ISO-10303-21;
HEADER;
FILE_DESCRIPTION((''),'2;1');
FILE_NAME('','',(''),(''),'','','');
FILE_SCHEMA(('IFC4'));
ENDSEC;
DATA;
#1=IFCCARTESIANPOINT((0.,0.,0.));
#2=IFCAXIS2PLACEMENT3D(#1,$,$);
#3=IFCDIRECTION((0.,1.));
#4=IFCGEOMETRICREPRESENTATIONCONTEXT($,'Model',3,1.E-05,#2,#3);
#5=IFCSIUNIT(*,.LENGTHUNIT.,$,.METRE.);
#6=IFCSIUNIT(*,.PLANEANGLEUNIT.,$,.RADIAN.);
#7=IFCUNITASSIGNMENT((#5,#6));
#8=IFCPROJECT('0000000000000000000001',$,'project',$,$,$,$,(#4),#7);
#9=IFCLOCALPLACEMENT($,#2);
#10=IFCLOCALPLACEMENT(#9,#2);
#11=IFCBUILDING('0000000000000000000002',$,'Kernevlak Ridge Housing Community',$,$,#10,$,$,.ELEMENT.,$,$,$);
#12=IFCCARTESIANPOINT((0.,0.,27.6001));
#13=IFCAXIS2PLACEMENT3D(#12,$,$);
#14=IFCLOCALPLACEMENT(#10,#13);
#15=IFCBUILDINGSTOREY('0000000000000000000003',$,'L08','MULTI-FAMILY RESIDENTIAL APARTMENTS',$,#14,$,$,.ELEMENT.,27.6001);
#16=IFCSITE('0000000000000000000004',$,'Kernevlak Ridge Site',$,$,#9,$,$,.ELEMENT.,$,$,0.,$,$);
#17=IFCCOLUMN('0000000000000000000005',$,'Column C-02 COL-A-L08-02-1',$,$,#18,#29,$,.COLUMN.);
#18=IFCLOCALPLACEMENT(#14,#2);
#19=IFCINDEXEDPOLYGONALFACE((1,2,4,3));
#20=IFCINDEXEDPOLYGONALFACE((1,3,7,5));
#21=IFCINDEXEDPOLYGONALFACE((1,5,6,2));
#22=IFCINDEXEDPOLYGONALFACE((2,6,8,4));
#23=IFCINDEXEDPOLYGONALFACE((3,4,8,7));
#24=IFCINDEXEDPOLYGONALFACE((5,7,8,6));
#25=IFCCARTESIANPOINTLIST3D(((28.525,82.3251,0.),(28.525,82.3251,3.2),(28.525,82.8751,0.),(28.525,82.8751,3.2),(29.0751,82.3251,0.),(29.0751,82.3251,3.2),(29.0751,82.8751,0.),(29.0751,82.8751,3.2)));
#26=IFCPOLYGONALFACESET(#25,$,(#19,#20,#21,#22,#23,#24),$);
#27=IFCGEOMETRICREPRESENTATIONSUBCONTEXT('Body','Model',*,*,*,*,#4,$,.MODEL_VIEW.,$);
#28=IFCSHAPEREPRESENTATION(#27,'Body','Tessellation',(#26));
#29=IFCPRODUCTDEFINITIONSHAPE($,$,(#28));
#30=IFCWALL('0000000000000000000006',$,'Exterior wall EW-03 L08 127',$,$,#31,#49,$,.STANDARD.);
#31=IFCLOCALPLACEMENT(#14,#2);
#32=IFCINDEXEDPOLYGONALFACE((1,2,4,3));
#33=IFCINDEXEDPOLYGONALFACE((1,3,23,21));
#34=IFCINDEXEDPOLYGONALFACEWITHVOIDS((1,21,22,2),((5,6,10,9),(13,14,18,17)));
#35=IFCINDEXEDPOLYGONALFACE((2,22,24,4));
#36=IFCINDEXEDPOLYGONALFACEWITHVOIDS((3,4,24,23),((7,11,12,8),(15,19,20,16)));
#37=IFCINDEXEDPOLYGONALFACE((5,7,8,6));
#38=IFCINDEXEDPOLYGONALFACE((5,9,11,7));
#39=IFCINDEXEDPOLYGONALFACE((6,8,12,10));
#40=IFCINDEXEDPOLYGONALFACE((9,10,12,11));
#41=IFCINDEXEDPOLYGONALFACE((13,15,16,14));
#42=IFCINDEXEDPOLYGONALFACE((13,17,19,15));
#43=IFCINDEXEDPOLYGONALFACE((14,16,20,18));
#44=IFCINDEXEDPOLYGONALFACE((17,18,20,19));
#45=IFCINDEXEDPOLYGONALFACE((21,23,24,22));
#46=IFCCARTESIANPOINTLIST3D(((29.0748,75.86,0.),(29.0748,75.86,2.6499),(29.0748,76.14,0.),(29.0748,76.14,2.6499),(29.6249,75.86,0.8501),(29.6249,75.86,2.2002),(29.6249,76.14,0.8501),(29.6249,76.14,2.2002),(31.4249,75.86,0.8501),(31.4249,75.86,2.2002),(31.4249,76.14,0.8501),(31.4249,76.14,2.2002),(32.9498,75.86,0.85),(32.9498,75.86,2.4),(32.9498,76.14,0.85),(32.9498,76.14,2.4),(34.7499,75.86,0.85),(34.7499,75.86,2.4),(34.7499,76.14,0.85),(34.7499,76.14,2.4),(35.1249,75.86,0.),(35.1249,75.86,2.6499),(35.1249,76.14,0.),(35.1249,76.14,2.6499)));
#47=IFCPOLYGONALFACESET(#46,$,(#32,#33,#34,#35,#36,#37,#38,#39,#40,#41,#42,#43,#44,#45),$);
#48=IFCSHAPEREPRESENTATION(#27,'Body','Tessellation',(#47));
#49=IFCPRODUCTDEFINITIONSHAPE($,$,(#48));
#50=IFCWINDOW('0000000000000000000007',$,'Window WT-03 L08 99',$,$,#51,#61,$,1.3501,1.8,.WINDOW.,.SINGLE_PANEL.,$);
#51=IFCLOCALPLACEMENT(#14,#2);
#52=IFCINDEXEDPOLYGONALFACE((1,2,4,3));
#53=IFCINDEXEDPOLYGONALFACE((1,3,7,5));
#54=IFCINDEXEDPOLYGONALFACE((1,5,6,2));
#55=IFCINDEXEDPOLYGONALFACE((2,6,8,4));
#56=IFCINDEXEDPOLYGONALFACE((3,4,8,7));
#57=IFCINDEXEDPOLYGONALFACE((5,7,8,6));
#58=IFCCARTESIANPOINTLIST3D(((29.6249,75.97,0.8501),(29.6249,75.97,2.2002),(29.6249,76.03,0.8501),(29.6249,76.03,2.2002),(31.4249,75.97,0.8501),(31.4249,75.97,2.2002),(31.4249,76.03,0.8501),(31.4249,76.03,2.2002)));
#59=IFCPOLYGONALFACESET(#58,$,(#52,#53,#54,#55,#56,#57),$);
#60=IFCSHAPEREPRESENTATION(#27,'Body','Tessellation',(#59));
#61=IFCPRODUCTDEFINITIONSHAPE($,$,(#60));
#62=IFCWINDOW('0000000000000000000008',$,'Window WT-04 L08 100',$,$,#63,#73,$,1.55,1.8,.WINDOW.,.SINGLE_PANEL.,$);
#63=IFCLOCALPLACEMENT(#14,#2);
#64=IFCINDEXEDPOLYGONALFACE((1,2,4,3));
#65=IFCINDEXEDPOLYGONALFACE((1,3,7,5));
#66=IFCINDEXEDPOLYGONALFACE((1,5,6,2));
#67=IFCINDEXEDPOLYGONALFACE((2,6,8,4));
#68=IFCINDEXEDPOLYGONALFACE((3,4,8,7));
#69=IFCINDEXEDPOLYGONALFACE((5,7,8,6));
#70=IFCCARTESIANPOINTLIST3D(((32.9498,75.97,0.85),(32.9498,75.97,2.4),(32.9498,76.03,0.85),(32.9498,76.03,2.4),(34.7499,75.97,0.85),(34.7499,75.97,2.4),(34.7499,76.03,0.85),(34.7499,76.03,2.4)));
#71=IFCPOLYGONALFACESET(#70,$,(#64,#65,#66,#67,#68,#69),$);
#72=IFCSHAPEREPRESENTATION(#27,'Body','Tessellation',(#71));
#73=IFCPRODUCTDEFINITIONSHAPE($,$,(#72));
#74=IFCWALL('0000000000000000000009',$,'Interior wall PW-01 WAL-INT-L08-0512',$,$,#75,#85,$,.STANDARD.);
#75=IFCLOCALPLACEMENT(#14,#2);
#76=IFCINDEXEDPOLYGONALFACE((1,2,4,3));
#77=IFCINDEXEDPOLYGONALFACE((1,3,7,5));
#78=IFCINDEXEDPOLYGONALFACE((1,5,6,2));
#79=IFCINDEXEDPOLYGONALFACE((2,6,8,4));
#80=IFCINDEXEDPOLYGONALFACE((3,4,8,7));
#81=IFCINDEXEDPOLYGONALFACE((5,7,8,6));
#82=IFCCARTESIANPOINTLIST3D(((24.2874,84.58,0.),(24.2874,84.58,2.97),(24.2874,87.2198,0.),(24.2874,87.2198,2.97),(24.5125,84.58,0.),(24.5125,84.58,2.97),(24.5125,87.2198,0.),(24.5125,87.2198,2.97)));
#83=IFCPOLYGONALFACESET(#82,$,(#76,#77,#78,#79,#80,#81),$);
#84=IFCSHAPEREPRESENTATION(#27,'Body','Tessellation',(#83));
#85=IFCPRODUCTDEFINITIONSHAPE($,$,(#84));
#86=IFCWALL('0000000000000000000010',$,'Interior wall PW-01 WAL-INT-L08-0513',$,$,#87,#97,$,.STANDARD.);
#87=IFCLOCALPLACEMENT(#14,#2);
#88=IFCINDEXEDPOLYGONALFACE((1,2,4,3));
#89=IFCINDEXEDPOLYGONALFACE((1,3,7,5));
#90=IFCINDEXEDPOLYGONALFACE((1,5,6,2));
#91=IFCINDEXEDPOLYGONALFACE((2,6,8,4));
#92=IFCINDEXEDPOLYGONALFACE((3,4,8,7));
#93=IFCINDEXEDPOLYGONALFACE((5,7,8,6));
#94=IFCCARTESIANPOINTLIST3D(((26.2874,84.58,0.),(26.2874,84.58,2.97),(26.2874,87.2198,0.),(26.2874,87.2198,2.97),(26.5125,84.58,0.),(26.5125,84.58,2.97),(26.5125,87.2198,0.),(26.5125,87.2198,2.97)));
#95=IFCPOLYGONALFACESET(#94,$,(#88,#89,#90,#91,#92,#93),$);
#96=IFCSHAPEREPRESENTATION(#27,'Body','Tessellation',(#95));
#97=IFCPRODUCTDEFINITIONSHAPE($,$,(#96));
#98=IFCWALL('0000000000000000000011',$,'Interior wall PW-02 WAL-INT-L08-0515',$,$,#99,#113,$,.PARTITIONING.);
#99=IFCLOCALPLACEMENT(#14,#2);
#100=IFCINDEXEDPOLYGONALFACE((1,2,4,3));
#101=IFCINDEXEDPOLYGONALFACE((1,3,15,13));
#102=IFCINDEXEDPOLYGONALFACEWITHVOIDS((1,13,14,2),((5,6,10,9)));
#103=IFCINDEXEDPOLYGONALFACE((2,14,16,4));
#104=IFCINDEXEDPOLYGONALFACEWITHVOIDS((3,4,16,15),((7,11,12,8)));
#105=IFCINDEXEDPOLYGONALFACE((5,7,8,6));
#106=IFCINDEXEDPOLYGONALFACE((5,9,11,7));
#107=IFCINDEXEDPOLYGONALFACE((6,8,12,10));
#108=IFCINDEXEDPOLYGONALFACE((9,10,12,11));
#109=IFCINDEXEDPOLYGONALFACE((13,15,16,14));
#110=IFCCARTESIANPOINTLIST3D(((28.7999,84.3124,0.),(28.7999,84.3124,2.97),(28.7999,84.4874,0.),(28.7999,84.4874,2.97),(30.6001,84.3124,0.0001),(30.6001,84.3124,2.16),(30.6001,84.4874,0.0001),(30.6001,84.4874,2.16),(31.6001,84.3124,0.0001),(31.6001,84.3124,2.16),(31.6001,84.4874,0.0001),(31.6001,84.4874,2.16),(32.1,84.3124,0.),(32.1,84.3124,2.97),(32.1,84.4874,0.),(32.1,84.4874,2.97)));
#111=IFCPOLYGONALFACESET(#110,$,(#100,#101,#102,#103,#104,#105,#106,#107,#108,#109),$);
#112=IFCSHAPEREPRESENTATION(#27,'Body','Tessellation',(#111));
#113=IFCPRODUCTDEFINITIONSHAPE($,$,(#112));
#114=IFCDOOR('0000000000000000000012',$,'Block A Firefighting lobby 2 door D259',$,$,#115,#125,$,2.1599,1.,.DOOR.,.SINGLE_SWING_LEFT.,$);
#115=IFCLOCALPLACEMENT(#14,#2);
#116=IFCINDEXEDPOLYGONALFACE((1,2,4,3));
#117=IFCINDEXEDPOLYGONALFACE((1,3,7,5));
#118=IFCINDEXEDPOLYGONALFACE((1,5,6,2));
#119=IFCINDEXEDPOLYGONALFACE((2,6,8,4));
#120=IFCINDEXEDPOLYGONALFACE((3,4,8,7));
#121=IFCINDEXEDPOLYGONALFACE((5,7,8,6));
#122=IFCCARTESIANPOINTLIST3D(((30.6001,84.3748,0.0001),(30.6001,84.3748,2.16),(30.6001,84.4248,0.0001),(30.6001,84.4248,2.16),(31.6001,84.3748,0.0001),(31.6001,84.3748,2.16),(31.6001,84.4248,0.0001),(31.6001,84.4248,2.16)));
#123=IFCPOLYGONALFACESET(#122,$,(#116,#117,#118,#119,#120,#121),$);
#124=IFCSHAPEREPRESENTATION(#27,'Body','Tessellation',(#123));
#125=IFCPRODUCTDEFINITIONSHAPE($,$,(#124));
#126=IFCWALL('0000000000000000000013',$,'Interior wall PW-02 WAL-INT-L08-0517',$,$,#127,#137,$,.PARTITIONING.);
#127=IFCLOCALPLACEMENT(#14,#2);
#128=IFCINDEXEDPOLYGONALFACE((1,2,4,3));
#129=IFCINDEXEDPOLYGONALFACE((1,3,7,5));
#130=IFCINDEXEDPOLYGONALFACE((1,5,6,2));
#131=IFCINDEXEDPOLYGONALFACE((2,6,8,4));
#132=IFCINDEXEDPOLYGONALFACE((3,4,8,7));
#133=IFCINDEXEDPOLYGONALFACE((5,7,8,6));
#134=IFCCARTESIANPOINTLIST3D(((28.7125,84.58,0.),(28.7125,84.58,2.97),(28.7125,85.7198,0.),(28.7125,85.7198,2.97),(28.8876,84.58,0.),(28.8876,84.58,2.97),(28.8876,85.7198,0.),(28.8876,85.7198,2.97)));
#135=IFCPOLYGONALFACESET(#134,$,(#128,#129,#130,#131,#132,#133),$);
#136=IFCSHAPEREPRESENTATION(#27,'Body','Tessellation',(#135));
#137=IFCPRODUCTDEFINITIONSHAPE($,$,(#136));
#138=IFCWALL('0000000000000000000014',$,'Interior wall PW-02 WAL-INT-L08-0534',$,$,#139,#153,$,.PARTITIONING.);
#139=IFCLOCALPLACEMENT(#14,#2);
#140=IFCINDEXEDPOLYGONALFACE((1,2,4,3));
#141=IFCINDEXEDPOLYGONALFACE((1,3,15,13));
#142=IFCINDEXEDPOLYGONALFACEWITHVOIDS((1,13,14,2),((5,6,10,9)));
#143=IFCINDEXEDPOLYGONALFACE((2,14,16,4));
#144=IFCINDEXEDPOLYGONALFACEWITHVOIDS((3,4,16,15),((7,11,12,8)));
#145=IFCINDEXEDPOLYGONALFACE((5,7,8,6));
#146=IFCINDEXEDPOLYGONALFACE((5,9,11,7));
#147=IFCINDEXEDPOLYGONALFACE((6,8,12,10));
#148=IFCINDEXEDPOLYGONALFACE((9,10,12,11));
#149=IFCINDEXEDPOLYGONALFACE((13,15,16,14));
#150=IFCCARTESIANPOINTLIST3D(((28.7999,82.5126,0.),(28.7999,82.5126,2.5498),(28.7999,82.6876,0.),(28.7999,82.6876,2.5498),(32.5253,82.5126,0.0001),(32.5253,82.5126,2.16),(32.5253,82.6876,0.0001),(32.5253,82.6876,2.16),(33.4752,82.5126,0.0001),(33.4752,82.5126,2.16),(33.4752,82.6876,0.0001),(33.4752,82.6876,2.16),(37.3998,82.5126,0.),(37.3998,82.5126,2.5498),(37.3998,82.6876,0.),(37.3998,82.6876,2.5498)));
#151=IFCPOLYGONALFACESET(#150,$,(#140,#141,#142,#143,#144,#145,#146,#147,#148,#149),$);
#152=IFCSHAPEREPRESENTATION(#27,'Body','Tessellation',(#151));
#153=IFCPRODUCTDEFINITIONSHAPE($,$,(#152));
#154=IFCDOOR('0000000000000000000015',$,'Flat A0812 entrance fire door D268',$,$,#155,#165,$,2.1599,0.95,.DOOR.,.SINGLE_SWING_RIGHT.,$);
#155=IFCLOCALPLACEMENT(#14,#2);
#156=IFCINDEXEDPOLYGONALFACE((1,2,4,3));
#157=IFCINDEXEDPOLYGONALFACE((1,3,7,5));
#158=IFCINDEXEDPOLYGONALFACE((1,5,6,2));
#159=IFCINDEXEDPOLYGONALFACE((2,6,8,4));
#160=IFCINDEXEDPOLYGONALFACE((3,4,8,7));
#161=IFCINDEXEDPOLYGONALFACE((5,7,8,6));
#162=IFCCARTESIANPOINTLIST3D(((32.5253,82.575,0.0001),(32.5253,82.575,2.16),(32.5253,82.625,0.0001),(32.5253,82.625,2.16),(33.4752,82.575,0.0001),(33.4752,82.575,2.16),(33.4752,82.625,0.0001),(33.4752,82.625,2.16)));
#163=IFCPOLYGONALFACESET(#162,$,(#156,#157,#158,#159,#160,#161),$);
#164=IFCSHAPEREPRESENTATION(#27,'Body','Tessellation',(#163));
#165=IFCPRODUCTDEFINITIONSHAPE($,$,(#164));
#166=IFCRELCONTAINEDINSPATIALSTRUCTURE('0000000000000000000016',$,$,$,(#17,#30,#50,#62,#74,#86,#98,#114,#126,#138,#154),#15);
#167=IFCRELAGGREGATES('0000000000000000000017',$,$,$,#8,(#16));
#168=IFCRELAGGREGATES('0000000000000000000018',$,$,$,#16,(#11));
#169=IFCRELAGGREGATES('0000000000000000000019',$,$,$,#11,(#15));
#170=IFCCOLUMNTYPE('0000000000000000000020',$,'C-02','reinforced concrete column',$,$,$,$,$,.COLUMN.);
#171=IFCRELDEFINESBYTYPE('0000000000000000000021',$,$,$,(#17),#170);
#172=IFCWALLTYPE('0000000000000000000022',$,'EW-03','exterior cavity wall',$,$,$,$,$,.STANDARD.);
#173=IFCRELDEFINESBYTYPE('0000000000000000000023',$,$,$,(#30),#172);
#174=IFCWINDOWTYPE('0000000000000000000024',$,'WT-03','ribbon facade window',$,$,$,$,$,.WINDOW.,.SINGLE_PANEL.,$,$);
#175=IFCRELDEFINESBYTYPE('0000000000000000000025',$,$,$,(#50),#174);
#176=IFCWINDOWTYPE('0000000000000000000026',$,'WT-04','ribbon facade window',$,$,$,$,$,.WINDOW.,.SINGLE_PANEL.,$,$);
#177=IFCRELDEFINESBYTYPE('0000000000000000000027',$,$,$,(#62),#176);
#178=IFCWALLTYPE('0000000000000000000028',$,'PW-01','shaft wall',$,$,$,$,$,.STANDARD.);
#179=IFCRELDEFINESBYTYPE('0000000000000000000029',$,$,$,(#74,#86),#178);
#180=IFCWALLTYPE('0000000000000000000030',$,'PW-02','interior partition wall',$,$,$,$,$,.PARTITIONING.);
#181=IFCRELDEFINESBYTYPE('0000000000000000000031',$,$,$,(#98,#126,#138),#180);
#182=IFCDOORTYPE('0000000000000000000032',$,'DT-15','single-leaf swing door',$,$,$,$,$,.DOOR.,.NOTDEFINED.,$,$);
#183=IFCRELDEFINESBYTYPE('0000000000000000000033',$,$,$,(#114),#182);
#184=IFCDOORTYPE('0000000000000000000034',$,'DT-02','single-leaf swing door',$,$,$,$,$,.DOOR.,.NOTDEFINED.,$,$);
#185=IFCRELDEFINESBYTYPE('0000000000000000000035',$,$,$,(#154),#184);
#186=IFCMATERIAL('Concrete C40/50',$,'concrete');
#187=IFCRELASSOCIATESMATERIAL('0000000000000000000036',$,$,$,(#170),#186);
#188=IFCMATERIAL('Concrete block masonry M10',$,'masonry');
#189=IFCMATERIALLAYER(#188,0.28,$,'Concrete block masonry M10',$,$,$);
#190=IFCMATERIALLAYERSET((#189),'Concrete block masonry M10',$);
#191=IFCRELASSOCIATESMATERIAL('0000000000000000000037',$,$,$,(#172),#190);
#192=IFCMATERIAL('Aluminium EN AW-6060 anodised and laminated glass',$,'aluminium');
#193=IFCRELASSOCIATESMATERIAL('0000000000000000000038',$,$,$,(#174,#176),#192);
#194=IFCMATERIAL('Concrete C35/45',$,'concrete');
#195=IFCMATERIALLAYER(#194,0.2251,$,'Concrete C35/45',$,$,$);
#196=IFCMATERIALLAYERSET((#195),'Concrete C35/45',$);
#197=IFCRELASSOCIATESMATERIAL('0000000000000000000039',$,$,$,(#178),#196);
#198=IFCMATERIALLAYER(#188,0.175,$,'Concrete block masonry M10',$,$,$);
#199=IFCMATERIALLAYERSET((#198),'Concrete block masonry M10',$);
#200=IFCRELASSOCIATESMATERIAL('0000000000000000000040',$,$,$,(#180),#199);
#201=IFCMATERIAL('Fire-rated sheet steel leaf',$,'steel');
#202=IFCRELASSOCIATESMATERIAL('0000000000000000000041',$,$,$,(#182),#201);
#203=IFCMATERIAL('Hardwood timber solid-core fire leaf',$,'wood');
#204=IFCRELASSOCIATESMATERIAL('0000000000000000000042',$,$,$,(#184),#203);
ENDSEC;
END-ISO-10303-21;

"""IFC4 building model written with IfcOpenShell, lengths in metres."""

from ifc_helpers import new_model, si_unit, direction, frame, frame_2d, origin, origin_2d, place, context, subcontext, project, spatial, rectangle, extrude, material, layer, layer_set, material_profile, profile_set, type_object, element, fill, save


model = new_model("IFC4")

# Units and contexts
model_context = context("Model", 3, precision=1e-05, world=origin(), true_north=direction((0.0, 1.0)))
body_context = subcontext(model_context, "Body", "Model", "MODEL_VIEW")
ifc_project = project(units=[si_unit("LENGTHUNIT", "METRE"), si_unit("PLANEANGLEUNIT", "RADIAN")], contexts=[model_context])

# Site, building, storey
site_placement = place(None, origin())
site = spatial("IfcSite", under=ifc_project, at=site_placement, Name="Kernevlak Ridge Site", CompositionType="ELEMENT", RefElevation=0.0)
building_placement = place(site_placement, origin())
building = spatial("IfcBuilding", under=site, at=building_placement, Name="Kernevlak Ridge Housing Community", CompositionType="ELEMENT")
storey_placement = place(building_placement, frame((0.0, 0.0, 27.6001)))
storey = spatial("IfcBuildingStorey", under=building, at=storey_placement, Name="L08", Description="MULTI-FAMILY RESIDENTIAL APARTMENTS", CompositionType="ELEMENT", Elevation=27.6001)

# Column
ifc_material_1 = material(Name="Concrete C40/50", Category="concrete")
ifc_material_profile = material_profile(ifc_material_1, rectangle(XDim=0.55, YDim=0.55, at=origin_2d()), Name="RC 550x550")
ifc_profile_set = profile_set([ifc_material_profile], Name="Concrete C40/50")
column_type = type_object("IfcColumnType", Name="C-02", Description="reinforced concrete column", PredefinedType="COLUMN", material=ifc_profile_set)
column_placement = place(storey_placement, frame((28.8, 82.6001, 0.0), z_axis=(0.0, 0.0, 1.0), x_axis=(1.0, 0.0, 0.0)))
element("IfcColumn", 1, at=column_placement, inside=storey, type_object=column_type, Name="Column C-02 COL-A-L08-02-1", PredefinedType="COLUMN", context=body_context, shape_type="SweptSolid", body=[
    extrude(rectangle(XDim=0.55, YDim=0.55, at=origin_2d()), origin(), (0.0, 0.0, 1.0), 3.2),
])

# Wall, openings, windows
ifc_material_2 = material(Name="Concrete block masonry M10", Category="masonry")
ifc_layer_1 = layer(ifc_material_2, 0.28, Name="Concrete block masonry M10")
ifc_layer_set_1 = layer_set([ifc_layer_1], Name="Concrete block masonry M10")
wall_type_1 = type_object("IfcWallType", Name="EW-03", Description="exterior cavity wall", PredefinedType="STANDARD", material=ifc_layer_set_1)
wall_1_placement = place(storey_placement, frame((29.075, 76.0, 0.0), z_axis=(0.0, 0.0, 1.0), x_axis=(1.0, 0.0, 0.0)))
wall_1 = element("IfcWall", 2, at=wall_1_placement, inside=storey, type_object=wall_type_1, Name="Exterior wall EW-03 L08 127", PredefinedType="STANDARD", context=body_context, shape_type="SweptSolid", body=[
    extrude(rectangle(XDim=6.05, YDim=0.28, at=frame_2d((3.0249, 0.0))), origin(), (0.0, 0.0, 1.0), 2.6499),
])
opening_1_placement = place(wall_1_placement, frame((0.55, 0.0, 0.8501)))
opening_1 = element("IfcOpeningElement", 3, at=opening_1_placement, cuts=wall_1, PredefinedType="OPENING", context=body_context, shape_type="SweptSolid", body=[
    extrude(rectangle(XDim=1.8, YDim=1.3501, at=frame_2d((0.8999, 0.675))), frame((0.0, 0.1499, 0.0), z_axis=(0.0, -1.0, 0.0), x_axis=(1.0, 0.0, 0.0)), (0.0, 0.0, 1.0), 0.3),
])
opening_2_placement = place(wall_1_placement, frame((3.875, 0.0, 0.8501)))
opening_2 = element("IfcOpeningElement", 4, at=opening_2_placement, cuts=wall_1, PredefinedType="OPENING", context=body_context, shape_type="SweptSolid", body=[
    extrude(rectangle(XDim=1.8, YDim=1.55, at=frame_2d((0.8999, 0.7749))), frame((0.0, 0.1499, 0.0), z_axis=(0.0, -1.0, 0.0), x_axis=(1.0, 0.0, 0.0)), (0.0, 0.0, 1.0), 0.3),
])
ifc_material_3 = material(Name="Aluminium EN AW-6060 anodised and laminated glass", Category="aluminium")
window_type_1 = type_object("IfcWindowType", Name="WT-03", Description="ribbon facade window", PartitioningType="SINGLE_PANEL", PredefinedType="WINDOW", material=ifc_material_3)
window_1_placement = place(opening_1_placement, origin())
window_1 = element("IfcWindow", 5, at=window_1_placement, inside=storey, type_object=window_type_1, Name="Window WT-03 L08 99", OverallHeight=1.3501, OverallWidth=1.8, PartitioningType="SINGLE_PANEL", PredefinedType="WINDOW", context=body_context, shape_type="SweptSolid", body=[
    extrude(rectangle(XDim=1.8, YDim=1.3501, at=frame_2d((0.8999, 0.675))), frame((0.0, 0.03, 0.0), z_axis=(0.0, -1.0, 0.0), x_axis=(1.0, 0.0, 0.0)), (0.0, 0.0, 1.0), 0.0601),
])
fill(opening_1, window_1)
window_type_2 = type_object("IfcWindowType", Name="WT-04", Description="ribbon facade window", PartitioningType="SINGLE_PANEL", PredefinedType="WINDOW", material=ifc_material_3)
window_2_placement = place(opening_2_placement, origin())
window_2 = element("IfcWindow", 6, at=window_2_placement, inside=storey, type_object=window_type_2, Name="Window WT-04 L08 100", OverallHeight=1.55, OverallWidth=1.8, PartitioningType="SINGLE_PANEL", PredefinedType="WINDOW", context=body_context, shape_type="SweptSolid", body=[
    extrude(rectangle(XDim=1.8, YDim=1.55, at=frame_2d((0.8999, 0.7749))), frame((0.0, 0.03, 0.0), z_axis=(0.0, -1.0, 0.0), x_axis=(1.0, 0.0, 0.0)), (0.0, 0.0, 1.0), 0.0601),
])
fill(opening_2, window_2)

# Walls
ifc_material_4 = material(Name="Concrete C35/45", Category="concrete")
ifc_layer_2 = layer(ifc_material_4, 0.2251, Name="Concrete C35/45")
ifc_layer_set_2 = layer_set([ifc_layer_2], Name="Concrete C35/45")
wall_type_2 = type_object("IfcWallType", Name="PW-01", Description="shaft wall", PredefinedType="STANDARD", material=ifc_layer_set_2)
for number, where, z_axis, x_axis, name in (
    (7, (24.3999, 84.5801, 0.0), (0.0, 0.0, 1.0), (0.0, 1.0, 0.0), "Interior wall PW-01 WAL-INT-L08-0512"),
    (8, (26.3999, 84.5801, 0.0), (0.0, 0.0, 1.0), (0.0, 1.0, 0.0), "Interior wall PW-01 WAL-INT-L08-0513"),
):
    element("IfcWall", number, at=place(storey_placement, frame(where, z_axis=z_axis, x_axis=x_axis)), inside=storey, type_object=wall_type_2, Name=name, PredefinedType="STANDARD", context=body_context, shape_type="SweptSolid", body=[
        extrude(rectangle(XDim=2.6399, YDim=0.2251, at=frame_2d((1.3198, 0.0))), origin(), (0.0, 0.0, 1.0), 2.97),
    ])

# Wall, opening, door
ifc_layer_3 = layer(ifc_material_2, 0.175, Name="Concrete block masonry M10")
ifc_layer_set_3 = layer_set([ifc_layer_3], Name="Concrete block masonry M10")
wall_type_3 = type_object("IfcWallType", Name="PW-02", Description="interior partition wall", PredefinedType="PARTITIONING", material=ifc_layer_set_3)
wall_2_placement = place(storey_placement, frame((28.8, 84.3999, 0.0), z_axis=(0.0, 0.0, 1.0), x_axis=(1.0, 0.0, 0.0)))
wall_2 = element("IfcWall", 9, at=wall_2_placement, inside=storey, type_object=wall_type_3, Name="Interior wall PW-02 WAL-INT-L08-0515", PredefinedType="PARTITIONING", context=body_context, shape_type="SweptSolid", body=[
    extrude(rectangle(XDim=3.3, YDim=0.175, at=frame_2d((1.6499, 0.0))), origin(), (0.0, 0.0, 1.0), 2.97),
])
opening_3_placement = place(wall_2_placement, frame((1.8, 0.0, 0.0)))
opening_3 = element("IfcOpeningElement", 10, at=opening_3_placement, cuts=wall_2, PredefinedType="OPENING", context=body_context, shape_type="SweptSolid", body=[
    extrude(rectangle(XDim=1.0, YDim=2.1599, at=frame_2d((0.5, 1.0801))), frame((0.0, 0.0974, 0.0), z_axis=(0.0, -1.0, 0.0), x_axis=(1.0, 0.0, 0.0)), (0.0, 0.0, 1.0), 0.1951),
])
ifc_material_5 = material(Name="Fire-rated sheet steel leaf", Category="steel")
door_type_1 = type_object("IfcDoorType", Name="DT-15", Description="single-leaf swing door", OperationType="NOTDEFINED", PredefinedType="DOOR", material=ifc_material_5)
door_1_placement = place(opening_3_placement, origin())
door_1 = element("IfcDoor", 11, at=door_1_placement, inside=storey, type_object=door_type_1, Name="Block A Firefighting lobby 2 door D259", OperationType="SINGLE_SWING_LEFT", OverallHeight=2.1599, OverallWidth=1.0, PredefinedType="DOOR", context=body_context, shape_type="SweptSolid", body=[
    extrude(rectangle(XDim=1.0, YDim=2.1599, at=frame_2d((0.5, 1.0801))), frame((0.0, 0.0249, 0.0), z_axis=(0.0, -1.0, 0.0), x_axis=(1.0, 0.0, 0.0)), (0.0, 0.0, 1.0), 0.05),
])
fill(opening_3, door_1)

# Wall
wall_3_placement = place(storey_placement, frame((28.8, 84.5801, 0.0), z_axis=(0.0, 0.0, 1.0), x_axis=(0.0, 1.0, 0.0)))
element("IfcWall", 12, at=wall_3_placement, inside=storey, type_object=wall_type_3, Name="Interior wall PW-02 WAL-INT-L08-0517", PredefinedType="PARTITIONING", context=body_context, shape_type="SweptSolid", body=[
    extrude(rectangle(XDim=1.1399, YDim=0.175, at=frame_2d((0.5698, 0.0))), origin(), (0.0, 0.0, 1.0), 2.97),
])

# Wall, opening, door
wall_4_placement = place(storey_placement, frame((28.8, 82.6001, 0.0), z_axis=(0.0, 0.0, 1.0), x_axis=(1.0, 0.0, 0.0)))
wall_4 = element("IfcWall", 13, at=wall_4_placement, inside=storey, type_object=wall_type_3, Name="Interior wall PW-02 WAL-INT-L08-0534", PredefinedType="PARTITIONING", context=body_context, shape_type="SweptSolid", body=[
    extrude(rectangle(XDim=8.5999, YDim=0.175, at=frame_2d((4.2998, 0.0))), origin(), (0.0, 0.0, 1.0), 2.5498),
])
opening_4_placement = place(wall_4_placement, frame((3.7251, 0.0, 0.0)))
opening_4 = element("IfcOpeningElement", 14, at=opening_4_placement, cuts=wall_4, PredefinedType="OPENING", context=body_context, shape_type="SweptSolid", body=[
    extrude(rectangle(XDim=0.95, YDim=2.1599, at=frame_2d((0.4751, 1.0801))), frame((0.0, 0.0974, 0.0), z_axis=(0.0, -1.0, 0.0), x_axis=(1.0, 0.0, 0.0)), (0.0, 0.0, 1.0), 0.1951),
])
ifc_material_6 = material(Name="Hardwood timber solid-core fire leaf", Category="wood")
door_type_2 = type_object("IfcDoorType", Name="DT-02", Description="single-leaf swing door", OperationType="NOTDEFINED", PredefinedType="DOOR", material=ifc_material_6)
door_2_placement = place(opening_4_placement, origin())
door_2 = element("IfcDoor", 15, at=door_2_placement, inside=storey, type_object=door_type_2, Name="Flat A0812 entrance fire door D268", OperationType="SINGLE_SWING_RIGHT", OverallHeight=2.1599, OverallWidth=0.95, PredefinedType="DOOR", context=body_context, shape_type="SweptSolid", body=[
    extrude(rectangle(XDim=0.95, YDim=2.1599, at=frame_2d((0.4751, 1.0801))), frame((0.0, 0.0249, 0.0), z_axis=(0.0, -1.0, 0.0), x_axis=(1.0, 0.0, 0.0)), (0.0, 0.0, 1.0), 0.05),
])
fill(opening_4, door_2)

save(model, "model.ifc")
